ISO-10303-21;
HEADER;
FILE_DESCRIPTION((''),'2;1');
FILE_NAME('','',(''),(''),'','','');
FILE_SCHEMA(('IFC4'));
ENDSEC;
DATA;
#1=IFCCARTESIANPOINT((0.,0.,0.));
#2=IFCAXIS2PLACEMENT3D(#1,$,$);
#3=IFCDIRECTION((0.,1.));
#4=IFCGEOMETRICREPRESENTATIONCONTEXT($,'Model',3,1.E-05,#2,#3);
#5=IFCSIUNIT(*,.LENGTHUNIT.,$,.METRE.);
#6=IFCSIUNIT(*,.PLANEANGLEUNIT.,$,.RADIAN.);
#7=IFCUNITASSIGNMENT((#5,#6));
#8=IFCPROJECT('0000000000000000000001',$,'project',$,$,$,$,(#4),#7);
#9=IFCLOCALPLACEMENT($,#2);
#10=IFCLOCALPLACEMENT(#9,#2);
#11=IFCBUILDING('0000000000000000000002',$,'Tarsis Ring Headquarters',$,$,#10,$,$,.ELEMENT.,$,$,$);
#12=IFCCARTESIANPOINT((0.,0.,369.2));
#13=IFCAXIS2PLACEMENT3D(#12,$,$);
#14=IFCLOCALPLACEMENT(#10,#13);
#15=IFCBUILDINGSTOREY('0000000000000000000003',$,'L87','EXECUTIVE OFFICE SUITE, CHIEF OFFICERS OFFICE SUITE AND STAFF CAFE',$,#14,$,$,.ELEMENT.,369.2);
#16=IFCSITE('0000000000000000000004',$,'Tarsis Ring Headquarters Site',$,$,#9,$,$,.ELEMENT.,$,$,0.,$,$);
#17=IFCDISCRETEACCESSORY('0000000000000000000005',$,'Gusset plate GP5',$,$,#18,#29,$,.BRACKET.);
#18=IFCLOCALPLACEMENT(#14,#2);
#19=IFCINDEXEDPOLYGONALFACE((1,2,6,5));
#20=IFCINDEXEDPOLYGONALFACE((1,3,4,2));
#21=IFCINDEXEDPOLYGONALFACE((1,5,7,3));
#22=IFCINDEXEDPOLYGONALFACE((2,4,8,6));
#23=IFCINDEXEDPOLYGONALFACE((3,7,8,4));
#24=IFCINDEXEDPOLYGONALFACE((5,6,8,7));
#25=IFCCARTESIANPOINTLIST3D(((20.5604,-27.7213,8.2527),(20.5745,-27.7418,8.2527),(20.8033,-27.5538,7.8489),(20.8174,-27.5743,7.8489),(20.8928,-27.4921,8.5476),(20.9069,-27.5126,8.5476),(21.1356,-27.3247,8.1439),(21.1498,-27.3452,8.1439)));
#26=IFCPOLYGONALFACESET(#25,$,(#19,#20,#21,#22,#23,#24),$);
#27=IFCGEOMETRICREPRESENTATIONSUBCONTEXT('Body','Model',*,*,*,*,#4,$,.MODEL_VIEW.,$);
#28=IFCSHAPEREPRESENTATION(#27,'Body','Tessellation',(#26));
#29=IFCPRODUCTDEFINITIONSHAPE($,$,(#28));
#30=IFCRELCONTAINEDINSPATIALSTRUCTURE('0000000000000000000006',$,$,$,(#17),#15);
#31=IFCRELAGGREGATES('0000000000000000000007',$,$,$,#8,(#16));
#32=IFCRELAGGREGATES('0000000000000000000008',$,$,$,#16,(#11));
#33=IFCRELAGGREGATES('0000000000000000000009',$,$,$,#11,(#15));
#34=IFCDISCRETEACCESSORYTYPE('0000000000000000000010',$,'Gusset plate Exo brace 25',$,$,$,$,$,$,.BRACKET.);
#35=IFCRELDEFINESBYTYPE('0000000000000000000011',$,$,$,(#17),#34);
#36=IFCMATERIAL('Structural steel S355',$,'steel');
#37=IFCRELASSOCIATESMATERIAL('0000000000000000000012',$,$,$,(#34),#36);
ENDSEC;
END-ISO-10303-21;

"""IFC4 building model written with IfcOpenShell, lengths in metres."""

from ifc_helpers import new_model, si_unit, direction, frame, origin, origin_2d, place, context, subcontext, project, spatial, rectangle, extrude, material, material_profile, profile_set, type_object, element, save


model = new_model("IFC4")

# Units and contexts
model_context = context("Model", 3, precision=1e-05, world=origin(), true_north=direction((0.0, 1.0)))
body_context = subcontext(model_context, "Body", "Model", "MODEL_VIEW")
ifc_project = project(units=[si_unit("LENGTHUNIT", "METRE"), si_unit("PLANEANGLEUNIT", "RADIAN")], contexts=[model_context])

# Site, building, storey
site_placement = place(None, origin())
site = spatial("IfcSite", under=ifc_project, at=site_placement, Name="Tarsis Ring Headquarters Site", CompositionType="ELEMENT", RefElevation=0.0)
building_placement = place(site_placement, origin())
building = spatial("IfcBuilding", under=site, at=building_placement, Name="Tarsis Ring Headquarters", CompositionType="ELEMENT")
storey_placement = place(building_placement, frame((0.0, 0.0, 369.2)))
storey = spatial("IfcBuildingStorey", under=building, at=storey_placement, Name="L87", Description="EXECUTIVE OFFICE SUITE, CHIEF OFFICERS OFFICE SUITE AND STAFF CAFE", CompositionType="ELEMENT", Elevation=369.2)

# Shared definitions
ifc_material_1 = material(Name="Structural steel S355", Category="steel")

# Discrete accessory
ifc_material_profile_1 = material_profile(ifc_material_1, rectangle(XDim=0.0249, YDim=0.5, at=origin_2d()), Name="PL 25x500")
ifc_profile_set_1 = profile_set([ifc_material_profile_1], Name="Structural steel S355")
discrete_accessory_type = type_object("IfcDiscreteAccessoryType", Name="Gusset plate Exo brace 25", PredefinedType="BRACKET", material=ifc_profile_set_1)
discrete_accessory_placement = place(storey_placement, frame((20.7336, -27.6169, 8.4001), z_axis=(0.485722, 0.33488, -0.807422), x_axis=(-0.567617, 0.823293, 0.0)))
element("IfcDiscreteAccessory", 1, at=discrete_accessory_placement, inside=storey, type_object=discrete_accessory_type, Name="Gusset plate GP5", PredefinedType="BRACKET", context=body_context, shape_type="SweptSolid", body=[
    extrude(rectangle(XDim=0.0249, YDim=0.5, at=origin_2d()), origin(), (0.0, 0.0, 1.0), 0.5),
])

save(model, "model.ifc")
